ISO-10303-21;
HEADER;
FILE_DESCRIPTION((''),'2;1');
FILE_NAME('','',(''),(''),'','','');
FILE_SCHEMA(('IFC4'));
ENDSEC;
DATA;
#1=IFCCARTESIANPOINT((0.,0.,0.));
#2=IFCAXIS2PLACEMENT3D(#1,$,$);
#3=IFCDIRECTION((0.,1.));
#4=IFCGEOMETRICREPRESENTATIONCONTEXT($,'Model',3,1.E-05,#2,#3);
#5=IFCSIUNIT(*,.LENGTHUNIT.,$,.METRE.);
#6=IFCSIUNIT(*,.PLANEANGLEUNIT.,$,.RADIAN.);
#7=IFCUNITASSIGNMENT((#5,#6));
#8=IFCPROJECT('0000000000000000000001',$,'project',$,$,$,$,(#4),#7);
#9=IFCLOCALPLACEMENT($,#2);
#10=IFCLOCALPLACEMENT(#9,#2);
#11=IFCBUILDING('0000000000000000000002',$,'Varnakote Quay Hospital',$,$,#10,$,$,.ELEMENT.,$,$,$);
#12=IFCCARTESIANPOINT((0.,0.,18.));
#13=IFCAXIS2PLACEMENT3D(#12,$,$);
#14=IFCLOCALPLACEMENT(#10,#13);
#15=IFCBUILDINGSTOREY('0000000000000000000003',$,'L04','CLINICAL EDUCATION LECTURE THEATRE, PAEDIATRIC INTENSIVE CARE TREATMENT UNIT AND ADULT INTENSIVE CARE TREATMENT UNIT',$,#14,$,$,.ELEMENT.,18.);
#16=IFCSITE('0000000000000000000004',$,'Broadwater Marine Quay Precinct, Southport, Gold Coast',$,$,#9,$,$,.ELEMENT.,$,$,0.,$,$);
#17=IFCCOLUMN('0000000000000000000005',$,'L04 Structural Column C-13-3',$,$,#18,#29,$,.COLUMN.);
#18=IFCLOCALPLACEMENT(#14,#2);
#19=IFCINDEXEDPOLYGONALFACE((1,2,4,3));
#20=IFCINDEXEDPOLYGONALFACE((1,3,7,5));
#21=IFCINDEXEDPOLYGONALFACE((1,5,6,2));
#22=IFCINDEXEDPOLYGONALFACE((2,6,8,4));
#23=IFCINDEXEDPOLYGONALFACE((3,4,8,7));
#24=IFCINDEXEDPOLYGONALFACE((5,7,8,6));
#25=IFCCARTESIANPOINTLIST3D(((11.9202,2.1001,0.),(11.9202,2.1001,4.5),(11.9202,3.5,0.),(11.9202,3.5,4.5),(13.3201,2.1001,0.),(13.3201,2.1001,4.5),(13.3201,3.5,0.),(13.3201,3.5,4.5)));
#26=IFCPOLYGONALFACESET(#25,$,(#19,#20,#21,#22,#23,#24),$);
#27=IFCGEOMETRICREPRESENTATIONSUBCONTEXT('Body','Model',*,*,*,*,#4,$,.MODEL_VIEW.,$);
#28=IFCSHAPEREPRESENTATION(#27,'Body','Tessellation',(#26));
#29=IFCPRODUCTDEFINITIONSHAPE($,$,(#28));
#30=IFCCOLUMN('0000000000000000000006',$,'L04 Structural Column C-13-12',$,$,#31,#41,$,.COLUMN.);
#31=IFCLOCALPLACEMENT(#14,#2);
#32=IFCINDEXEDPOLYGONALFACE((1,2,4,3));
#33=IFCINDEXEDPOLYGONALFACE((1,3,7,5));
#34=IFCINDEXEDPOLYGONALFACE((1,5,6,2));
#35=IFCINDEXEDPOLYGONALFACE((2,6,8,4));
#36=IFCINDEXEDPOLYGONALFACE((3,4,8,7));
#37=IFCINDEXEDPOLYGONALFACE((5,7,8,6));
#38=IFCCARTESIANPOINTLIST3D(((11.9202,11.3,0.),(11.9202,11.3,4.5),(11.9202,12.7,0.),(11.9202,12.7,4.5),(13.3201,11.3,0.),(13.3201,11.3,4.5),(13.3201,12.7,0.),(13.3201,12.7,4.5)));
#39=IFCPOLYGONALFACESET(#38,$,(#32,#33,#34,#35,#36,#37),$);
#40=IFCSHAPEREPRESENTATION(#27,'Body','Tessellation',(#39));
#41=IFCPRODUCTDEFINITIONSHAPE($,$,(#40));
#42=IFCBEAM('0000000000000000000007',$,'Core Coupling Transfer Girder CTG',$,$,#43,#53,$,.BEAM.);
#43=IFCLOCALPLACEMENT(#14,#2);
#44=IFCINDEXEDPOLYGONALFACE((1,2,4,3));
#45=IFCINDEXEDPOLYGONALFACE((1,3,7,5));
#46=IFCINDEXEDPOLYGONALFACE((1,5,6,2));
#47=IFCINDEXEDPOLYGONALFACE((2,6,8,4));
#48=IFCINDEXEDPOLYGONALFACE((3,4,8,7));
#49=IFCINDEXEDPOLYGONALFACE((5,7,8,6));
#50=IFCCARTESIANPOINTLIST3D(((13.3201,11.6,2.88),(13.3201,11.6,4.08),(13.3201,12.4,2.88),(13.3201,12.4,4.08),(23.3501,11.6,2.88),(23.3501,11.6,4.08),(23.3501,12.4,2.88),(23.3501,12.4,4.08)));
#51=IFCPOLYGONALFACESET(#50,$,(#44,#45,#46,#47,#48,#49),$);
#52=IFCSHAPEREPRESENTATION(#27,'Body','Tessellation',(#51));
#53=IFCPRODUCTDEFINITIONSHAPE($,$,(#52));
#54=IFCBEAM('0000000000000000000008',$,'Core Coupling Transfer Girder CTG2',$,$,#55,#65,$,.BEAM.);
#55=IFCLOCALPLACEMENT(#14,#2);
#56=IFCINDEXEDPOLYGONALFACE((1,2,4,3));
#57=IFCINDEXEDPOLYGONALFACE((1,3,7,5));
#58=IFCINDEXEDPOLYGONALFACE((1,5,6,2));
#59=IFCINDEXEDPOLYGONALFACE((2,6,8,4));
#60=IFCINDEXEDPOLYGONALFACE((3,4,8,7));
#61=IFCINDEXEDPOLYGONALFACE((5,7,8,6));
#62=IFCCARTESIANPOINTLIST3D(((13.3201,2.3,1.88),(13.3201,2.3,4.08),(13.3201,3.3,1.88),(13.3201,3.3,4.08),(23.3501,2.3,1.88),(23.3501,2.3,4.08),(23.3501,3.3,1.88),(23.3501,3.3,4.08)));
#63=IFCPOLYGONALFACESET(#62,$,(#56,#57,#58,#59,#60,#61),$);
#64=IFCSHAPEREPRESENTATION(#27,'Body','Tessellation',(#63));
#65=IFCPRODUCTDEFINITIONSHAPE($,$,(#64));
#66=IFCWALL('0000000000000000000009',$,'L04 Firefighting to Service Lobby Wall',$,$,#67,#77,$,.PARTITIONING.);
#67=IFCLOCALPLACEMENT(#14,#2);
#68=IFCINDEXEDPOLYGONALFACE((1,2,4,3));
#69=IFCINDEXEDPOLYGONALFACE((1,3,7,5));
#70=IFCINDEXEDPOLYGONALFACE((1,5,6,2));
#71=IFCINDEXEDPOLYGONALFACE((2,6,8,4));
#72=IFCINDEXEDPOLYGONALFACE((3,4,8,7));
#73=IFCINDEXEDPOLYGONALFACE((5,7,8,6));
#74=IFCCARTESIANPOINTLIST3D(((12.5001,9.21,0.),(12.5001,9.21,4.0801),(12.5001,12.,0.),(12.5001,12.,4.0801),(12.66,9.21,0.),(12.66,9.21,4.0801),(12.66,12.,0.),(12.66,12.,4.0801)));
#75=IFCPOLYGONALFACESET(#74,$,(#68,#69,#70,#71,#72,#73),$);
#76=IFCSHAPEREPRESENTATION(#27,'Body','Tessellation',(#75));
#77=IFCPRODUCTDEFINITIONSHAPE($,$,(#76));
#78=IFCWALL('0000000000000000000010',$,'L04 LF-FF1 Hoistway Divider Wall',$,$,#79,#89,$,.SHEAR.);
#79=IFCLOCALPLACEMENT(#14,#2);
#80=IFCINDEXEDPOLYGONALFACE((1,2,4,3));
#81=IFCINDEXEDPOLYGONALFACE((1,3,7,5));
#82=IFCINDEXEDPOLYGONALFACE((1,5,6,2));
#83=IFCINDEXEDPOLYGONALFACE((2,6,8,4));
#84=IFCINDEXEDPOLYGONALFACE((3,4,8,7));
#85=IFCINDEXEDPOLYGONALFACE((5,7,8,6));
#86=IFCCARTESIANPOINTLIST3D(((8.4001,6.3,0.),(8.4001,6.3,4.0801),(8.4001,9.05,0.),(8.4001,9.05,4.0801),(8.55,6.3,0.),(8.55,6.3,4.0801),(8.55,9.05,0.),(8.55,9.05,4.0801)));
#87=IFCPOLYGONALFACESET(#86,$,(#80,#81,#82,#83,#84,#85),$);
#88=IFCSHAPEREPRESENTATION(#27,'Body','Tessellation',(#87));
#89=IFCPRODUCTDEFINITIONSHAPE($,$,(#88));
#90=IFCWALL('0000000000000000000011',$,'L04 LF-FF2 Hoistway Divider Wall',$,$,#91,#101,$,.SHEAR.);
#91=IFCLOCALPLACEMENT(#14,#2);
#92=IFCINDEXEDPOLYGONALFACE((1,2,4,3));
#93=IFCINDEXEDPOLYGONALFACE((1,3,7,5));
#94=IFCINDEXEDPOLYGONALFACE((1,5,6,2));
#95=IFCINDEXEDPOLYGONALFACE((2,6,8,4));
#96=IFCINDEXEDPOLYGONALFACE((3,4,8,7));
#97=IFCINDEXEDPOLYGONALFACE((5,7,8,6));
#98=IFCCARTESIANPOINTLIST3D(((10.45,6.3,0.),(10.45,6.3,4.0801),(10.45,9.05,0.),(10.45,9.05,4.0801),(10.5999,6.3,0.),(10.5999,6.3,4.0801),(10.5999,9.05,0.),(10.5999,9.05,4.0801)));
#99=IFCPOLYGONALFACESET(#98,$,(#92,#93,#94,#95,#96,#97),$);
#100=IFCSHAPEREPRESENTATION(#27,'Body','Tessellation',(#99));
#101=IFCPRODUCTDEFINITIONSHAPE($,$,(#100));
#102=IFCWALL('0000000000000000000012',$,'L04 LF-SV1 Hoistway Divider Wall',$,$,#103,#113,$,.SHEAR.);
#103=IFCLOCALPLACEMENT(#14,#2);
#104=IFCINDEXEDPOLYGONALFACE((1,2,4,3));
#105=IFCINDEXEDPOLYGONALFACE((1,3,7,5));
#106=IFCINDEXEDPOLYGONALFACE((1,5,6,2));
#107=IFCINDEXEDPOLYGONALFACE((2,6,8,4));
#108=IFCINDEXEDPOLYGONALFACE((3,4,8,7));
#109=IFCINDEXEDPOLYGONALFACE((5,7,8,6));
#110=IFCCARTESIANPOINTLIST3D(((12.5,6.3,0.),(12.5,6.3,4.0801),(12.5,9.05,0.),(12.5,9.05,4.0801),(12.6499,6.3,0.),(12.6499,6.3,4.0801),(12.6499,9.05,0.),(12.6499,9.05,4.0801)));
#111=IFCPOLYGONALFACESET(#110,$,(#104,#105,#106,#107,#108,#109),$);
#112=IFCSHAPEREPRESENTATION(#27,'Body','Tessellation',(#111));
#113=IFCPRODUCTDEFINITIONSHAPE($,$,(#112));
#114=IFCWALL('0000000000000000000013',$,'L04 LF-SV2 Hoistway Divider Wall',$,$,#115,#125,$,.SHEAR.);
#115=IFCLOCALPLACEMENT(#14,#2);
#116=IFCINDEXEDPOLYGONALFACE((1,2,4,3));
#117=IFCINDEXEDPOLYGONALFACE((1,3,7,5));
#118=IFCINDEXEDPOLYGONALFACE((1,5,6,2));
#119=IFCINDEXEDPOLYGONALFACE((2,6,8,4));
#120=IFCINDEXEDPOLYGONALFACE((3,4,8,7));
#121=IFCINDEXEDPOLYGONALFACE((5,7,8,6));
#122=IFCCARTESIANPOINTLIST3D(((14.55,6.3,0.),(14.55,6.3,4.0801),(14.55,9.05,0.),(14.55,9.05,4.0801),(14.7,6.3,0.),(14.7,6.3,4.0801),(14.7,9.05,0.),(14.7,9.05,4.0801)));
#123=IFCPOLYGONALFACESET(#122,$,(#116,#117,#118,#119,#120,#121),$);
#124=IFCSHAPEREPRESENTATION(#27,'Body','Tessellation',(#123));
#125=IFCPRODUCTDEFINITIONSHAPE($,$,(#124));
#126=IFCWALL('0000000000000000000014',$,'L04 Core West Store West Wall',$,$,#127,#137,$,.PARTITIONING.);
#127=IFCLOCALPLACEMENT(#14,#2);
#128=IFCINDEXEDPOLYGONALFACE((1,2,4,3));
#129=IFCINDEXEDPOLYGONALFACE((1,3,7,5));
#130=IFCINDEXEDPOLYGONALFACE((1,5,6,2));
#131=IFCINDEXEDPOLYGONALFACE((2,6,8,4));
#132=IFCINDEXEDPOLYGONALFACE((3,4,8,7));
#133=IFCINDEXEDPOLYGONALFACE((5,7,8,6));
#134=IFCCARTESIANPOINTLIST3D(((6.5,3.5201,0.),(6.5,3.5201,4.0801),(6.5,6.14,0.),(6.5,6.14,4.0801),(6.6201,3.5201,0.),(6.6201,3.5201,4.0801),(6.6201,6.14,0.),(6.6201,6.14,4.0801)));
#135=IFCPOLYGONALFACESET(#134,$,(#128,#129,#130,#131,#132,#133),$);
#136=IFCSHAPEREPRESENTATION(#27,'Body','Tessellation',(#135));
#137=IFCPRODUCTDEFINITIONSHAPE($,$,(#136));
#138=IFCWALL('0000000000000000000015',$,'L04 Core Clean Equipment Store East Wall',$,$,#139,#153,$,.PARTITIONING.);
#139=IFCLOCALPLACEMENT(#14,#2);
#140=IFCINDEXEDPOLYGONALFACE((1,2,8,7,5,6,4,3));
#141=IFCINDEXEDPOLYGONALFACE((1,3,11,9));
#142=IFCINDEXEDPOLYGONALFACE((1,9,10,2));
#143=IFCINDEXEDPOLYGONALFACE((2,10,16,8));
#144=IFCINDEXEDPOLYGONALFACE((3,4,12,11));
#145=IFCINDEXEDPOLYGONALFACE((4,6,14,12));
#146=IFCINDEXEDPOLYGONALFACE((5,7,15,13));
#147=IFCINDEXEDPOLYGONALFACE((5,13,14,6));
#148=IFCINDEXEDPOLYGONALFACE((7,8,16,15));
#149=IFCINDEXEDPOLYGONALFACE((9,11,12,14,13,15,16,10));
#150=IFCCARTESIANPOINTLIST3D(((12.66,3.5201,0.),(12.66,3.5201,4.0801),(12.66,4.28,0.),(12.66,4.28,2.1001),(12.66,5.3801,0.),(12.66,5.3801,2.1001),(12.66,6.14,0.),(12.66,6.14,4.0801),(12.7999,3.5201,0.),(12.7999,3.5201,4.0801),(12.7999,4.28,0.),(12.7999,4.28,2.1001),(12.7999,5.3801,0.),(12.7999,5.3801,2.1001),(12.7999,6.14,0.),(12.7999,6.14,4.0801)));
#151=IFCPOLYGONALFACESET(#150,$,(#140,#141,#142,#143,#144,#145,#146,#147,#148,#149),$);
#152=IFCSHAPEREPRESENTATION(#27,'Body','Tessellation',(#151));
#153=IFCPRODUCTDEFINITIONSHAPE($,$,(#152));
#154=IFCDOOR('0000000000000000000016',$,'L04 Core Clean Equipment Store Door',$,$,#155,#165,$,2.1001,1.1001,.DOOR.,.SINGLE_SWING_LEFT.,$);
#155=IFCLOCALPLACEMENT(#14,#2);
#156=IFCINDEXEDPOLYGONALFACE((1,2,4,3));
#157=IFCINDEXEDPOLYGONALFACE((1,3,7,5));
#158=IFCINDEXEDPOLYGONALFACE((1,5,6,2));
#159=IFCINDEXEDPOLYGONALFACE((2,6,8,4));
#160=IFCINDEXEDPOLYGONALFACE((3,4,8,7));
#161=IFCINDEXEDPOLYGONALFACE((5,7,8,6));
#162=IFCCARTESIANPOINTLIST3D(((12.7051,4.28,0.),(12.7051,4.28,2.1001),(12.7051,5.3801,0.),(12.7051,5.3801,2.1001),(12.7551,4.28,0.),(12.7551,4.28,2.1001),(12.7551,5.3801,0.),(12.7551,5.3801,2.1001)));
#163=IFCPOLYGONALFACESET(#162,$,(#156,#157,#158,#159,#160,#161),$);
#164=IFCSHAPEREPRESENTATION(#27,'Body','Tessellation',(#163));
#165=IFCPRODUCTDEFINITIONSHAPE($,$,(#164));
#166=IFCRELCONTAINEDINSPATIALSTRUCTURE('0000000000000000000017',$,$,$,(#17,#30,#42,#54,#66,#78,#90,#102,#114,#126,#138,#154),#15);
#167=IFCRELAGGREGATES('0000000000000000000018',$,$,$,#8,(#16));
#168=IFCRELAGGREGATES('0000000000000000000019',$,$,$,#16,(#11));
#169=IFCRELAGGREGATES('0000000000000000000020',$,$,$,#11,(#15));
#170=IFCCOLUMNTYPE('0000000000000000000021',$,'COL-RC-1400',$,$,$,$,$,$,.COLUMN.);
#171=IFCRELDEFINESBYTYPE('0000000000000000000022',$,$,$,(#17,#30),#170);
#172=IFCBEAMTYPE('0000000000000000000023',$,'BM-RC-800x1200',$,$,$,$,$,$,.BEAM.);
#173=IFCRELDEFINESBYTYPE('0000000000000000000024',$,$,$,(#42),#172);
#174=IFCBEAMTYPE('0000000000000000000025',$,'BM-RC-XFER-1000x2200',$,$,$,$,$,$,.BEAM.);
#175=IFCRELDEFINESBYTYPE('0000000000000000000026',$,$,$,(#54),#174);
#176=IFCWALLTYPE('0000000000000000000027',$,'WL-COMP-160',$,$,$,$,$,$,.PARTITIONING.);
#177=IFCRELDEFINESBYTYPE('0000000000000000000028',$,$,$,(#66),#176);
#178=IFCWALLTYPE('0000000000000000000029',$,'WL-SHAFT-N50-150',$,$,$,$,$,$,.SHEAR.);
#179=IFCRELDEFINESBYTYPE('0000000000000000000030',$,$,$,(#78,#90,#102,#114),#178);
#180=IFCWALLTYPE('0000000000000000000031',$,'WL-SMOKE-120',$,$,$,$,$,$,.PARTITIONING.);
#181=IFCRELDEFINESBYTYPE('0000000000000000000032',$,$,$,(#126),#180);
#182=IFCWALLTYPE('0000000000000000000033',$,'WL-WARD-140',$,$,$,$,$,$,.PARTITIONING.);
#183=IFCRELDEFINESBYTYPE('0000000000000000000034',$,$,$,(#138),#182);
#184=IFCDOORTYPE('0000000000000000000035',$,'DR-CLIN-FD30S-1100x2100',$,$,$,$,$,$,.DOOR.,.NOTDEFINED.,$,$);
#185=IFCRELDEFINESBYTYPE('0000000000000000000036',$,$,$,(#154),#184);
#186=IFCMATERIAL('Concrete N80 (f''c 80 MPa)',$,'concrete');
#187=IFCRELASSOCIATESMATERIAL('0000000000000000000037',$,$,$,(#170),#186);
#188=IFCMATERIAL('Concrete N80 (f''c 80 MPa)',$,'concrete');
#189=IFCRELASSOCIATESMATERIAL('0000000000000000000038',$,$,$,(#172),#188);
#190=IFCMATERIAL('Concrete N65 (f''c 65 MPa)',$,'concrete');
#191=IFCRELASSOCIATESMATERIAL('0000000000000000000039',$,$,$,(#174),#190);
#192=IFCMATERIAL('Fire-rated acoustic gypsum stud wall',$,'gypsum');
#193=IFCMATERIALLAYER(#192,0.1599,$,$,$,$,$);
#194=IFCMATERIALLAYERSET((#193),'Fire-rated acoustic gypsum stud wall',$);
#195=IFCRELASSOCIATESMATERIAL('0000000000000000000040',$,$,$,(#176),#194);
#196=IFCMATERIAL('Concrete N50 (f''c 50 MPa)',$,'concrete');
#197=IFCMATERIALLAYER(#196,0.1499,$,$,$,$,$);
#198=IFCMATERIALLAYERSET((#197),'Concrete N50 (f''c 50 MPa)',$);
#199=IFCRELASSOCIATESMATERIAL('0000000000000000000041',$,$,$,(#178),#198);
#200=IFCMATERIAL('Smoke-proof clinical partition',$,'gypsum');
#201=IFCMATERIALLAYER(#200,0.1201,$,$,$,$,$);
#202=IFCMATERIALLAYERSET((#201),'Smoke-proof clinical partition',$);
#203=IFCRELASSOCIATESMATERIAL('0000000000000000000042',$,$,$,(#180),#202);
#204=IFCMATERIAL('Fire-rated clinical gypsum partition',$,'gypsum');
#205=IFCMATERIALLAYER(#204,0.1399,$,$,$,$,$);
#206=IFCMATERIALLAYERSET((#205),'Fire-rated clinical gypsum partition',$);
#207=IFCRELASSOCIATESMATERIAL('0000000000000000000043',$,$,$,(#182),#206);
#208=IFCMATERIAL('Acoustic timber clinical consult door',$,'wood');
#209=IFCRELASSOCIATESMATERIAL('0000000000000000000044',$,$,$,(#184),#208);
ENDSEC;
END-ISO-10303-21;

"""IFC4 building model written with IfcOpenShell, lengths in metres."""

from ifc_helpers import new_model, si_unit, direction, frame, frame_2d, origin, origin_2d, place, context, subcontext, project, spatial, rectangle, extrude, material, layer, layer_set, material_profile, profile_set, type_object, element, fill, save


model = new_model("IFC4")

# Units and contexts
model_context = context("Model", 3, precision=1e-05, world=origin(), true_north=direction((0.0, 1.0)))
body_context = subcontext(model_context, "Body", "Model", "MODEL_VIEW")
ifc_project = project(units=[si_unit("LENGTHUNIT", "METRE"), si_unit("PLANEANGLEUNIT", "RADIAN")], contexts=[model_context])

# Site, building, storey
site_placement = place(None, origin())
site = spatial("IfcSite", under=ifc_project, at=site_placement, Name="Broadwater Marine Quay Precinct, Southport, Gold Coast", CompositionType="ELEMENT", RefElevation=0.0)
building_placement = place(site_placement, origin())
building = spatial("IfcBuilding", under=site, at=building_placement, Name="Varnakote Quay Hospital", CompositionType="ELEMENT")
storey_placement = place(building_placement, frame((0.0, 0.0, 18.0)))
storey = spatial("IfcBuildingStorey", under=building, at=storey_placement, Name="L04", Description="CLINICAL EDUCATION LECTURE THEATRE, PAEDIATRIC INTENSIVE CARE TREATMENT UNIT AND ADULT INTENSIVE CARE TREATMENT UNIT", CompositionType="ELEMENT", Elevation=18.0)

# Columns
ifc_material_1 = material(Name="Concrete N80 (f'c 80 MPa)", Category="concrete")
ifc_material_profile_1 = material_profile(ifc_material_1, rectangle(XDim=1.3999, YDim=1.3999, at=origin_2d()), Name="RC-COL-1400x1400")
ifc_profile_set_1 = profile_set([ifc_material_profile_1], Name="Concrete N80 (f'c 80 MPa)")
column_type = type_object("IfcColumnType", Name="COL-RC-1400", PredefinedType="COLUMN", material=ifc_profile_set_1)
for number, where, z_axis, x_axis, name in (
    (1, (12.6201, 2.8, 0.0), (0.0, 0.0, 1.0), (1.0, 0.0, 0.0), "L04 Structural Column C-13-3"),
    (2, (12.6201, 12.0, 0.0), (0.0, 0.0, 1.0), (1.0, 0.0, 0.0), "L04 Structural Column C-13-12"),
):
    element("IfcColumn", number, at=place(storey_placement, frame(where, z_axis=z_axis, x_axis=x_axis)), inside=storey, type_object=column_type, Name=name, PredefinedType="COLUMN", context=body_context, shape_type="SweptSolid", body=[
        extrude(rectangle(XDim=1.3999, YDim=1.3999, at=origin_2d()), origin(), (0.0, 0.0, 1.0), 4.5),
    ])

# Beams
ifc_material_2 = material(Name="Concrete N80 (f'c 80 MPa)", Category="concrete")
ifc_material_profile_2 = material_profile(ifc_material_2, rectangle(XDim=0.8, YDim=1.2, at=origin_2d()), Name="RC-BM-800x1200")
ifc_profile_set_2 = profile_set([ifc_material_profile_2], Name="Concrete N80 (f'c 80 MPa)")
beam_type_1 = type_object("IfcBeamType", Name="BM-RC-800x1200", PredefinedType="BEAM", material=ifc_profile_set_2)
beam_1_placement = place(storey_placement, frame((13.3201, 12.0, 3.48), z_axis=(1.0, 0.0, 0.0), x_axis=(0.0, 1.0, 0.0)))
element("IfcBeam", 3, at=beam_1_placement, inside=storey, type_object=beam_type_1, Name="Core Coupling Transfer Girder CTG", PredefinedType="BEAM", context=body_context, shape_type="SweptSolid", body=[
    extrude(rectangle(XDim=0.8, YDim=1.2, at=origin_2d()), origin(), (0.0, 0.0, 1.0), 10.03),
])
ifc_material_3 = material(Name="Concrete N65 (f'c 65 MPa)", Category="concrete")
ifc_material_profile_3 = material_profile(ifc_material_3, rectangle(XDim=1.0, YDim=2.2, at=origin_2d()), Name="RC-BM-1000x2200")
ifc_profile_set_3 = profile_set([ifc_material_profile_3], Name="Concrete N65 (f'c 65 MPa)")
beam_type_2 = type_object("IfcBeamType", Name="BM-RC-XFER-1000x2200", PredefinedType="BEAM", material=ifc_profile_set_3)
beam_2_placement = place(storey_placement, frame((13.3201, 2.8, 2.98), z_axis=(1.0, 0.0, 0.0), x_axis=(0.0, 1.0, 0.0)))
element("IfcBeam", 4, at=beam_2_placement, inside=storey, type_object=beam_type_2, Name="Core Coupling Transfer Girder CTG2", PredefinedType="BEAM", context=body_context, shape_type="SweptSolid", body=[
    extrude(rectangle(XDim=1.0, YDim=2.2, at=origin_2d()), origin(), (0.0, 0.0, 1.0), 10.03),
])

# Walls
ifc_material_4 = material(Name="Fire-rated acoustic gypsum stud wall", Category="gypsum")
ifc_layer_1 = layer(ifc_material_4, 0.1599)
ifc_layer_set_1 = layer_set([ifc_layer_1], Name="Fire-rated acoustic gypsum stud wall")
wall_type_1 = type_object("IfcWallType", Name="WL-COMP-160", PredefinedType="PARTITIONING", material=ifc_layer_set_1)
wall_1_placement = place(storey_placement, frame((12.5801, 9.21, 0.0), z_axis=(0.0, 0.0, 1.0), x_axis=(0.0, 1.0, 0.0)))
element("IfcWall", 5, at=wall_1_placement, inside=storey, type_object=wall_type_1, Name="L04 Firefighting to Service Lobby Wall", PredefinedType="PARTITIONING", context=body_context, shape_type="SweptSolid", body=[
    extrude(rectangle(XDim=2.79, YDim=0.1599, at=frame_2d((1.395, 0.0))), origin(), (0.0, 0.0, 1.0), 4.0801),
])
ifc_material_5 = material(Name="Concrete N50 (f'c 50 MPa)", Category="concrete")
ifc_layer_2 = layer(ifc_material_5, 0.1499)
ifc_layer_set_2 = layer_set([ifc_layer_2], Name="Concrete N50 (f'c 50 MPa)")
wall_type_2 = type_object("IfcWallType", Name="WL-SHAFT-N50-150", PredefinedType="SHEAR", material=ifc_layer_set_2)
for number, where, z_axis, x_axis, name in (
    (6, (8.4751, 6.3, 0.0), (0.0, 0.0, 1.0), (0.0, 1.0, 0.0), "L04 LF-FF1 Hoistway Divider Wall"),
    (7, (10.5249, 6.3, 0.0), (0.0, 0.0, 1.0), (0.0, 1.0, 0.0), "L04 LF-FF2 Hoistway Divider Wall"),
    (8, (12.575, 6.3, 0.0), (0.0, 0.0, 1.0), (0.0, 1.0, 0.0), "L04 LF-SV1 Hoistway Divider Wall"),
    (9, (14.625, 6.3, 0.0), (0.0, 0.0, 1.0), (0.0, 1.0, 0.0), "L04 LF-SV2 Hoistway Divider Wall"),
):
    element("IfcWall", number, at=place(storey_placement, frame(where, z_axis=z_axis, x_axis=x_axis)), inside=storey, type_object=wall_type_2, Name=name, PredefinedType="SHEAR", context=body_context, shape_type="SweptSolid", body=[
        extrude(rectangle(XDim=2.75, YDim=0.1499, at=frame_2d((1.375, 0.0))), origin(), (0.0, 0.0, 1.0), 4.0801),
    ])

# Wall
ifc_material_6 = material(Name="Smoke-proof clinical partition", Category="gypsum")
ifc_layer_3 = layer(ifc_material_6, 0.1201)
ifc_layer_set_3 = layer_set([ifc_layer_3], Name="Smoke-proof clinical partition")
wall_type_3 = type_object("IfcWallType", Name="WL-SMOKE-120", PredefinedType="PARTITIONING", material=ifc_layer_set_3)
wall_2_placement = place(storey_placement, frame((6.5601, 3.52, 0.0), z_axis=(0.0, 0.0, 1.0), x_axis=(0.0, 1.0, 0.0)))
element("IfcWall", 10, at=wall_2_placement, inside=storey, type_object=wall_type_3, Name="L04 Core West Store West Wall", PredefinedType="PARTITIONING", context=body_context, shape_type="SweptSolid", body=[
    extrude(rectangle(XDim=2.6199, YDim=0.1201, at=frame_2d((1.3101, 0.0))), origin(), (0.0, 0.0, 1.0), 4.0801),
])

# Wall, opening, door
ifc_material_7 = material(Name="Fire-rated clinical gypsum partition", Category="gypsum")
ifc_layer_4 = layer(ifc_material_7, 0.1399)
ifc_layer_set_4 = layer_set([ifc_layer_4], Name="Fire-rated clinical gypsum partition")
wall_type_4 = type_object("IfcWallType", Name="WL-WARD-140", PredefinedType="PARTITIONING", material=ifc_layer_set_4)
wall_3_placement = place(storey_placement, frame((12.73, 3.52, 0.0), z_axis=(0.0, 0.0, 1.0), x_axis=(0.0, 1.0, 0.0)))
wall_3 = element("IfcWall", 11, at=wall_3_placement, inside=storey, type_object=wall_type_4, Name="L04 Core Clean Equipment Store East Wall", PredefinedType="PARTITIONING", context=body_context, shape_type="SweptSolid", body=[
    extrude(rectangle(XDim=2.6199, YDim=0.1399, at=frame_2d((1.3101, 0.0))), origin(), (0.0, 0.0, 1.0), 4.0801),
])
opening_1_placement = place(wall_3_placement, frame((0.76, 0.0, 0.0)))
opening_1 = element("IfcOpeningElement", 12, at=opening_1_placement, cuts=wall_3, PredefinedType="OPENING", context=body_context, shape_type="SweptSolid", body=[
    extrude(rectangle(XDim=1.1001, YDim=2.1001, at=frame_2d((0.55, 1.05))), frame((0.0, 0.0798, 0.0), z_axis=(0.0, -1.0, 0.0), x_axis=(1.0, 0.0, 0.0)), (0.0, 0.0, 1.0), 0.1599),
])
ifc_material_8 = material(Name="Acoustic timber clinical consult door", Category="wood")
door_type_1 = type_object("IfcDoorType", Name="DR-CLIN-FD30S-1100x2100", OperationType="NOTDEFINED", PredefinedType="DOOR", material=ifc_material_8)
door_1_placement = place(opening_1_placement, origin())
door_1 = element("IfcDoor", 13, at=door_1_placement, inside=storey, type_object=door_type_1, Name="L04 Core Clean Equipment Store Door", OperationType="SINGLE_SWING_LEFT", OverallHeight=2.1001, OverallWidth=1.1001, PredefinedType="DOOR", context=body_context, shape_type="SweptSolid", body=[
    extrude(rectangle(XDim=1.1001, YDim=2.1001, at=frame_2d((0.55, 1.05))), frame((0.0, 0.0249, 0.0), z_axis=(0.0, -1.0, 0.0), x_axis=(1.0, 0.0, 0.0)), (0.0, 0.0, 1.0), 0.05),
])
fill(opening_1, door_1)

save(model, "model.ifc")
